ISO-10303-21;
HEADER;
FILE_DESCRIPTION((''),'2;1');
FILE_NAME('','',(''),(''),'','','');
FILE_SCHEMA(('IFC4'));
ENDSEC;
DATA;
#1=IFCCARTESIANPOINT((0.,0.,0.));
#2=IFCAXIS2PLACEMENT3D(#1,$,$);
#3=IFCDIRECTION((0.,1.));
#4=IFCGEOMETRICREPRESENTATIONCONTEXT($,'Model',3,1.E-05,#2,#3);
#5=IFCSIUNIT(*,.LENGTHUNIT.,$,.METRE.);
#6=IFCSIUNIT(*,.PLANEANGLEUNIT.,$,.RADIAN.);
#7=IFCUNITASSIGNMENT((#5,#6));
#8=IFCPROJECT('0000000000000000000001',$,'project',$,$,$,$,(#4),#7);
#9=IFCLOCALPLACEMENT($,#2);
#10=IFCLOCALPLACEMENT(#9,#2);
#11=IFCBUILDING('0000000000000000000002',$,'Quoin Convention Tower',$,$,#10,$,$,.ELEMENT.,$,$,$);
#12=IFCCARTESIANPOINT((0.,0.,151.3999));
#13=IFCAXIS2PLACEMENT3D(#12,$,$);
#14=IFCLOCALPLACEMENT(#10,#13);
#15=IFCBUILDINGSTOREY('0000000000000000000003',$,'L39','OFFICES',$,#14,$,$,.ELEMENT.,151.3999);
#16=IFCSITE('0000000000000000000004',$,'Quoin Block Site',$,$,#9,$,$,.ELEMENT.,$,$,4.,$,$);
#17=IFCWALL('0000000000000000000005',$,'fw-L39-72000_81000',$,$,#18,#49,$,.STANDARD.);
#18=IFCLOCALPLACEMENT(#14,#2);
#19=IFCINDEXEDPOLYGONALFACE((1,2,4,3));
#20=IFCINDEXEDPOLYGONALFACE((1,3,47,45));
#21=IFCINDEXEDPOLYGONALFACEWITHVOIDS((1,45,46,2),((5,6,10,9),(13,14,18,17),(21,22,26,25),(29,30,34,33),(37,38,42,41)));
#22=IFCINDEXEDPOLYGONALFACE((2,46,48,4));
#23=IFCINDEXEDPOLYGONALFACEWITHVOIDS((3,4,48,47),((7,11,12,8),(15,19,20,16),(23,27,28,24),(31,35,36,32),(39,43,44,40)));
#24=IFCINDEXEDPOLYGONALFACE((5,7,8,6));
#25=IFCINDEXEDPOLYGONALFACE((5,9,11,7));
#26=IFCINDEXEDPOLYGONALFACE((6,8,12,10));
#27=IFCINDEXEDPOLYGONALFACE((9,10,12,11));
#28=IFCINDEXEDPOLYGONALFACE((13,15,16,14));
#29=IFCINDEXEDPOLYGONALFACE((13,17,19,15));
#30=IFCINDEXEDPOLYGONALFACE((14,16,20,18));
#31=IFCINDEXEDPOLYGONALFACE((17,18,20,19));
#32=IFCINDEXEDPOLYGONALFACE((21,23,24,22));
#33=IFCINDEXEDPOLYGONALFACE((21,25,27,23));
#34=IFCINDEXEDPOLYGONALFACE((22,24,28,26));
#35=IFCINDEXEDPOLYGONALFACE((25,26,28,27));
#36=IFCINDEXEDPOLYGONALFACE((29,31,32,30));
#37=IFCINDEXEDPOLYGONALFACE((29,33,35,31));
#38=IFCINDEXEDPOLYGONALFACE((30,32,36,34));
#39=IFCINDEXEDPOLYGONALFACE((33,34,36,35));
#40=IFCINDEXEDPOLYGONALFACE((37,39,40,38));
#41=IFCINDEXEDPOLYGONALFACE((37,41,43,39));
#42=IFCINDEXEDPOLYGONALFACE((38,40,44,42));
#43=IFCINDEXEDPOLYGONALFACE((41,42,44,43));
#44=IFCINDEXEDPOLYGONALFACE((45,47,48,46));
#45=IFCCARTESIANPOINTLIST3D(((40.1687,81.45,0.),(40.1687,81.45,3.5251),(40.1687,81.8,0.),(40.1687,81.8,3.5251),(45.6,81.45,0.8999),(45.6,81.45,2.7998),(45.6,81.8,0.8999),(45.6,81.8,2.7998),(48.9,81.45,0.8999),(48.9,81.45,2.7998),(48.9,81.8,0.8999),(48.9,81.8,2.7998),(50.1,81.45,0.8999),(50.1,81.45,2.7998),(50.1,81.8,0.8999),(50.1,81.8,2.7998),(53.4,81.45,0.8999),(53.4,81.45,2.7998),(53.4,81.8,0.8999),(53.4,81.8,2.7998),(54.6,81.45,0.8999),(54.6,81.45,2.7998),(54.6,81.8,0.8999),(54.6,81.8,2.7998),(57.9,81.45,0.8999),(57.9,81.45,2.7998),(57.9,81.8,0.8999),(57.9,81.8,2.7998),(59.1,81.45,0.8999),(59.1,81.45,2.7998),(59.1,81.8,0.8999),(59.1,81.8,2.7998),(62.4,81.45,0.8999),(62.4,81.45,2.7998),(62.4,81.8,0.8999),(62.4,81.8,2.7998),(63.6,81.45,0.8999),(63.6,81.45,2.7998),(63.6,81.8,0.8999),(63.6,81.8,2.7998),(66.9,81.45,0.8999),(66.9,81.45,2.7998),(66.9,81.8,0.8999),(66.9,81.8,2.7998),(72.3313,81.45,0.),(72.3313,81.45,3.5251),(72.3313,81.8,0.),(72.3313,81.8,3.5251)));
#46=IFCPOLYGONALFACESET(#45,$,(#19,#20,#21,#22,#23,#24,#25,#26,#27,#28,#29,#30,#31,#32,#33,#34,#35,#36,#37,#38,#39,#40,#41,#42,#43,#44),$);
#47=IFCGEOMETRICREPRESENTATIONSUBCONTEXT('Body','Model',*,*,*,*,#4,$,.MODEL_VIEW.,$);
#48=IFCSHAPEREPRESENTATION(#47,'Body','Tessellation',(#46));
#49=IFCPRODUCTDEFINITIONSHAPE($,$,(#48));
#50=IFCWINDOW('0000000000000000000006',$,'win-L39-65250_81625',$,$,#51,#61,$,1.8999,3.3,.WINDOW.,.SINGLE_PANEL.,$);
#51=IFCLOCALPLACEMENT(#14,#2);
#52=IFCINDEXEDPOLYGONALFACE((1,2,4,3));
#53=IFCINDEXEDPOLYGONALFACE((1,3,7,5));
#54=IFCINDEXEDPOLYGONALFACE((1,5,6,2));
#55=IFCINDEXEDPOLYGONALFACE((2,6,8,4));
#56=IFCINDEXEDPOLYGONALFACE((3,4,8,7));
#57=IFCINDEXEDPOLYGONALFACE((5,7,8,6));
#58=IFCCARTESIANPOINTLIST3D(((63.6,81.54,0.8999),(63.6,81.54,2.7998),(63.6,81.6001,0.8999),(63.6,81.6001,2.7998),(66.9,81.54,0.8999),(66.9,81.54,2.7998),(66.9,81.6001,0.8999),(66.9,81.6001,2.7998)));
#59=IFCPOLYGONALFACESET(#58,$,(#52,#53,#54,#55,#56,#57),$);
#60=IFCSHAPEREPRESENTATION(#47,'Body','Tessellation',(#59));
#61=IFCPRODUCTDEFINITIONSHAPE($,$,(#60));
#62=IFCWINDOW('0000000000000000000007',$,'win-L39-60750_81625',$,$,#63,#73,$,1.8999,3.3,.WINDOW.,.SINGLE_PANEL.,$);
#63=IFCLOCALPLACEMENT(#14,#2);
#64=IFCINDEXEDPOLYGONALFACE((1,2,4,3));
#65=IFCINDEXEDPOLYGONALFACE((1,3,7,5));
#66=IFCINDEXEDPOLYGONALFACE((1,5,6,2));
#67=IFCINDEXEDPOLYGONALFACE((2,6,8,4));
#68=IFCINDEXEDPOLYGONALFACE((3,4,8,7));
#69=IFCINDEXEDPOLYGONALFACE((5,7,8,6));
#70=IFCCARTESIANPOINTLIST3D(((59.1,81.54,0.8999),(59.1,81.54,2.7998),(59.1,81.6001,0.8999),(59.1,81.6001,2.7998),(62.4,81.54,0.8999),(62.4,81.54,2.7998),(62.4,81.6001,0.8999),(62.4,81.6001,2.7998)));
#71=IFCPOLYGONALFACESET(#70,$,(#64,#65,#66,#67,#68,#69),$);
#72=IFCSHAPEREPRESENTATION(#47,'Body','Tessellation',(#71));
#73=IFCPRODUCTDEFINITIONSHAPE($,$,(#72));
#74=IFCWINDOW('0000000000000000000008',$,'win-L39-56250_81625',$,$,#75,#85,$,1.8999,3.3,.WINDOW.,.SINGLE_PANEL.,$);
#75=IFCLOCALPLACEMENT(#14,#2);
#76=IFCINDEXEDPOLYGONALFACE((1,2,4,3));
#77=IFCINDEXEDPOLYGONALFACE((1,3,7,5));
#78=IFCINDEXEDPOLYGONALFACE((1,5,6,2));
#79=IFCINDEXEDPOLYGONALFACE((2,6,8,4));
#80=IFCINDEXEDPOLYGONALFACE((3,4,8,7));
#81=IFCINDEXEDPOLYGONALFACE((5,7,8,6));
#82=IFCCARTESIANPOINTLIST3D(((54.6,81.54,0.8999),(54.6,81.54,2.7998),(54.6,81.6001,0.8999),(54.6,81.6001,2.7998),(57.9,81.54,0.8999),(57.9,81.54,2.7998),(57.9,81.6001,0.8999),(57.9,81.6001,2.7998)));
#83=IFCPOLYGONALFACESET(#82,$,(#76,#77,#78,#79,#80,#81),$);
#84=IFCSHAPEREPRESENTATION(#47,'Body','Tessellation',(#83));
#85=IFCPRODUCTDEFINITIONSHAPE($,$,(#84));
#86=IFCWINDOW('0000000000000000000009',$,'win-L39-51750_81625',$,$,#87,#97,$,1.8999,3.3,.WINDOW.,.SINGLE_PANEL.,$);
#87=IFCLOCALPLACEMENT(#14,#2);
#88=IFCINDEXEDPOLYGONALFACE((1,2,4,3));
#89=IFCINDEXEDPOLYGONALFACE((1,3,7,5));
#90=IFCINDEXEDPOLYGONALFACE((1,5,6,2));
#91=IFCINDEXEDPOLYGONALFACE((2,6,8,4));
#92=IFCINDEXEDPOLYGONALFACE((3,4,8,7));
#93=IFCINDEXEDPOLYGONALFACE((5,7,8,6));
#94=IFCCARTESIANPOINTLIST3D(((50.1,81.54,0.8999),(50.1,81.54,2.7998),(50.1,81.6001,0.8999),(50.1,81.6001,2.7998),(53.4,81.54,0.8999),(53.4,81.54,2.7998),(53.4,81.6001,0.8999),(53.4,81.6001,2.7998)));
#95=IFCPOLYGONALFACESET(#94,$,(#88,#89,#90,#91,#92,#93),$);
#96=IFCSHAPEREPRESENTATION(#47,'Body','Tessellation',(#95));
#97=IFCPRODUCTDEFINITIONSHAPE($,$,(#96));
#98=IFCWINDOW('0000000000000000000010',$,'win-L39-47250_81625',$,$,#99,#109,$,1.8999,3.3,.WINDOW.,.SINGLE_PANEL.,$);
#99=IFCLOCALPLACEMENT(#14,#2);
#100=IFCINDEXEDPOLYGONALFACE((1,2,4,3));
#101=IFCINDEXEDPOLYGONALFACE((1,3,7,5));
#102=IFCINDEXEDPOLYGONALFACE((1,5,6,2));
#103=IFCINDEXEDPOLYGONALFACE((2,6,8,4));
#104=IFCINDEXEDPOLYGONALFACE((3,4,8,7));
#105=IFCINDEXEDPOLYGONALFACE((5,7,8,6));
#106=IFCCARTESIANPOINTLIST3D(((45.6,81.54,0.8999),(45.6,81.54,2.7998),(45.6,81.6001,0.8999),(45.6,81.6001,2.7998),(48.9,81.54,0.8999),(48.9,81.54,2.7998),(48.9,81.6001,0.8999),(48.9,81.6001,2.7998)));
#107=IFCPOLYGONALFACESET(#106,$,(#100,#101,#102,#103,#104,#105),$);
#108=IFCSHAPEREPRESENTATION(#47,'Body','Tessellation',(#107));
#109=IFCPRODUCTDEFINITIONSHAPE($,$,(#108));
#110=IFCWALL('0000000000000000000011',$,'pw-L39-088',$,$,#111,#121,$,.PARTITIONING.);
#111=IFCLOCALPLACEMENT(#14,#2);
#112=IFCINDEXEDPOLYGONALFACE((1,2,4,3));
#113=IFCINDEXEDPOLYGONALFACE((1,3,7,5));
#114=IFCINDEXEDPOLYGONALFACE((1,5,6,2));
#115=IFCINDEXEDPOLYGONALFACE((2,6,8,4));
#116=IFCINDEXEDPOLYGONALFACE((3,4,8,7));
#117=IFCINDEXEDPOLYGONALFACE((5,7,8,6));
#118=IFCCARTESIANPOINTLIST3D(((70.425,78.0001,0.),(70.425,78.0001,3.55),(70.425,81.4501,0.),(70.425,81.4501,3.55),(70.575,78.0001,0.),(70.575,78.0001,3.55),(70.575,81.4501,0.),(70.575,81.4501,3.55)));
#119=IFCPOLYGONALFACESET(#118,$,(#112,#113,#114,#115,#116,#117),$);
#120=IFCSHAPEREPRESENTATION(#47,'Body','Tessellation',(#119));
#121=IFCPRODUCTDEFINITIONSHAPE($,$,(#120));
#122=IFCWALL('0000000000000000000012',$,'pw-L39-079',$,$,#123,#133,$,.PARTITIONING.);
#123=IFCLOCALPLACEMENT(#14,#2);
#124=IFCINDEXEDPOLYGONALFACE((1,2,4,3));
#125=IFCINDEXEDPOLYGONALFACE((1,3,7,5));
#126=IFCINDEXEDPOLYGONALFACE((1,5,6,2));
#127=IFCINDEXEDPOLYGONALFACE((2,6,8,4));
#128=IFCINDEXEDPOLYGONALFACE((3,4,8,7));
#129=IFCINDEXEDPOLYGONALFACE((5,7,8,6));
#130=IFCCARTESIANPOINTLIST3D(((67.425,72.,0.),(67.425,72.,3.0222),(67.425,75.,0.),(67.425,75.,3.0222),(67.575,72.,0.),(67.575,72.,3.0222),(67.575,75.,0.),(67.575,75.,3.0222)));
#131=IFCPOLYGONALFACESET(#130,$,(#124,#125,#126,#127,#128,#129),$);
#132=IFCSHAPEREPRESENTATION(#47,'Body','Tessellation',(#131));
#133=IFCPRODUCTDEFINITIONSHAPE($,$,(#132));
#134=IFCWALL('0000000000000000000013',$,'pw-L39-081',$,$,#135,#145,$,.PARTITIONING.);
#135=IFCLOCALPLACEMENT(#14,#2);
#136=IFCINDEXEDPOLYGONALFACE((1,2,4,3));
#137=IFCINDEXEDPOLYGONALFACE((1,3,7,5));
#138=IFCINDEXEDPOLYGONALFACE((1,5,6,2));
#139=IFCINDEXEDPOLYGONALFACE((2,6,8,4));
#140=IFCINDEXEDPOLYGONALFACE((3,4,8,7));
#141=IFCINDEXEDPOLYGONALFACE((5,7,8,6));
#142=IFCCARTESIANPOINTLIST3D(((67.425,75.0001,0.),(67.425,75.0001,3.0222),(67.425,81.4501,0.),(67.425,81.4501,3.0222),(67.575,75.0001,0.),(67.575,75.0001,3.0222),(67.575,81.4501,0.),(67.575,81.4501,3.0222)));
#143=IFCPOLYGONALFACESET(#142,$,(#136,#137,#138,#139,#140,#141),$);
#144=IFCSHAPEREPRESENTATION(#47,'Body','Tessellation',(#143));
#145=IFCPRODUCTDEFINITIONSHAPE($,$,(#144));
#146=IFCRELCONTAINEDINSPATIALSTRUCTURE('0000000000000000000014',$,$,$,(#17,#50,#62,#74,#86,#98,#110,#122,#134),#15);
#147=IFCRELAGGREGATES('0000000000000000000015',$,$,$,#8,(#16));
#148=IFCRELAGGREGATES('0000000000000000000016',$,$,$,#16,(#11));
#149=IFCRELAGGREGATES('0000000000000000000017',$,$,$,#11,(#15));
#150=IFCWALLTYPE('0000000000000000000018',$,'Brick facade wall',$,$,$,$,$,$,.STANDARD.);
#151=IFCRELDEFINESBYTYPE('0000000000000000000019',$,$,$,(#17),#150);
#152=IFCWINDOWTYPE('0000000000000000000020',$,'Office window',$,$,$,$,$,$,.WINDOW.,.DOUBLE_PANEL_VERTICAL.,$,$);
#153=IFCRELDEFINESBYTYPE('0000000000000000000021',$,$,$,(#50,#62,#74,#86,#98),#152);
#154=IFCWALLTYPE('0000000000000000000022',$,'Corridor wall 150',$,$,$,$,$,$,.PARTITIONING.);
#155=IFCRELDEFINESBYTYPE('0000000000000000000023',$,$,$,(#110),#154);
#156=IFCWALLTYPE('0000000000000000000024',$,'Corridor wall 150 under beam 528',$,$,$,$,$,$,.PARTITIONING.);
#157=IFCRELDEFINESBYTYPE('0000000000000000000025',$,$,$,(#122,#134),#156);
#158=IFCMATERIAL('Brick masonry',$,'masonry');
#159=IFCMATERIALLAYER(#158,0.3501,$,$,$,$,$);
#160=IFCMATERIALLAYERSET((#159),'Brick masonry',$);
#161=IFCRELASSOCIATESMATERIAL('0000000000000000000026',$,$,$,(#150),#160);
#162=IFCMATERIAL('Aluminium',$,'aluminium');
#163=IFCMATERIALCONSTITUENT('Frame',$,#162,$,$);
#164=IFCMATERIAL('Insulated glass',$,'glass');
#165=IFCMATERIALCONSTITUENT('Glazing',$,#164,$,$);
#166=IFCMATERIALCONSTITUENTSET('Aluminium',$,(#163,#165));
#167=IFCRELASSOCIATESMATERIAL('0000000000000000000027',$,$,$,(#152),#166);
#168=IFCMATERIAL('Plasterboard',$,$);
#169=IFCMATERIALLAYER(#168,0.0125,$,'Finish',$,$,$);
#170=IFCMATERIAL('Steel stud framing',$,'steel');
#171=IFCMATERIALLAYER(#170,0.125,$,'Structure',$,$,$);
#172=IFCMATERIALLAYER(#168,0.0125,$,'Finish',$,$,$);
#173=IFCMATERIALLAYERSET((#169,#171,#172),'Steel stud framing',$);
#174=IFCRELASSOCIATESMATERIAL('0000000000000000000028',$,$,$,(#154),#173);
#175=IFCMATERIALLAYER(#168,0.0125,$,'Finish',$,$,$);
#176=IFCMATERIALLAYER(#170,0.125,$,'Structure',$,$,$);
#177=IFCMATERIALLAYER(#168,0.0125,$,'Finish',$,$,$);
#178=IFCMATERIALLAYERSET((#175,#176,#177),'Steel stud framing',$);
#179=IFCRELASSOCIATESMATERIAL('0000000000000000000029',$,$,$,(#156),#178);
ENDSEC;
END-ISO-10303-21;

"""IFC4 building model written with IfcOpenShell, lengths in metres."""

from ifc_helpers import new_model, si_unit, direction, frame, frame_2d, origin, place, context, subcontext, project, spatial, rectangle, extrude, material, layer, layer_set, constituent, constituent_set, type_object, element, fill, save


model = new_model("IFC4")

# Units and contexts
model_context = context("Model", 3, precision=1e-05, world=origin(), true_north=direction((0.0, 1.0)))
body_context = subcontext(model_context, "Body", "Model", "MODEL_VIEW")
ifc_project = project(units=[si_unit("LENGTHUNIT", "METRE"), si_unit("PLANEANGLEUNIT", "RADIAN")], contexts=[model_context])

# Site, building, storey
site_placement = place(None, origin())
site = spatial("IfcSite", under=ifc_project, at=site_placement, Name="Quoin Block Site", CompositionType="ELEMENT", RefElevation=4.0)
building_placement = place(site_placement, origin())
building = spatial("IfcBuilding", under=site, at=building_placement, Name="Quoin Convention Tower", CompositionType="ELEMENT")
storey_placement = place(building_placement, frame((0.0, 0.0, 151.3999)))
storey = spatial("IfcBuildingStorey", under=building, at=storey_placement, Name="L39", Description="OFFICES", CompositionType="ELEMENT", Elevation=151.3999)

# Shared definitions
ifc_material_1 = material(Name="Plasterboard")
ifc_material_2 = material(Name="Steel stud framing", Category="steel")

# Shared definitions
ifc_material_3 = material(Name="Brick masonry", Category="masonry")
ifc_layer_1 = layer(ifc_material_3, 0.3501)
ifc_layer_set_1 = layer_set([ifc_layer_1], Name="Brick masonry")
wall_type_1 = type_object("IfcWallType", Name="Brick facade wall", PredefinedType="STANDARD", material=ifc_layer_set_1)
ifc_material_4 = material(Name="Aluminium", Category="aluminium")
ifc_constituent_1 = constituent(ifc_material_4, Name="Frame")
ifc_material_5 = material(Name="Insulated glass", Category="glass")
ifc_constituent_2 = constituent(ifc_material_5, Name="Glazing")
ifc_constituent_set = constituent_set(constituents=[ifc_constituent_1, ifc_constituent_2], Name="Aluminium")
window_type = type_object("IfcWindowType", Name="Office window", PartitioningType="DOUBLE_PANEL_VERTICAL", PredefinedType="WINDOW", material=ifc_constituent_set)

# Wall, openings, windows
wall_1_placement = place(storey_placement, frame((72.3313, 81.625, 0.0), z_axis=(0.0, 0.0, 1.0), x_axis=(-1.0, 0.0, 0.0)))
wall_1 = element("IfcWall", 1, at=wall_1_placement, inside=storey, type_object=wall_type_1, Name="fw-L39-72000_81000", PredefinedType="STANDARD", context=body_context, shape_type="SweptSolid", body=[
    extrude(rectangle(XDim=32.1626, YDim=0.3501, at=frame_2d((16.0813, 0.0))), origin(), (0.0, 0.0, 1.0), 3.5251),
])
opening_1_placement = place(wall_1_placement, frame((5.4314, 0.0, 0.8999)))
opening_1 = element("IfcOpeningElement", 2, at=opening_1_placement, cuts=wall_1, PredefinedType="OPENING", context=body_context, shape_type="SweptSolid", body=[
    extrude(rectangle(XDim=3.3, YDim=1.8999, at=frame_2d((1.6499, 0.95))), frame((0.0, 0.1851, 0.0), z_axis=(0.0, -1.0, 0.0), x_axis=(1.0, 0.0, 0.0)), (0.0, 0.0, 1.0), 0.3701),
])
opening_2_placement = place(wall_1_placement, frame((9.9314, 0.0, 0.8999)))
opening_2 = element("IfcOpeningElement", 3, at=opening_2_placement, cuts=wall_1, PredefinedType="OPENING", context=body_context, shape_type="SweptSolid", body=[
    extrude(rectangle(XDim=3.3, YDim=1.8999, at=frame_2d((1.6499, 0.95))), frame((0.0, 0.1851, 0.0), z_axis=(0.0, -1.0, 0.0), x_axis=(1.0, 0.0, 0.0)), (0.0, 0.0, 1.0), 0.3701),
])
opening_3_placement = place(wall_1_placement, frame((14.4314, 0.0, 0.8999)))
opening_3 = element("IfcOpeningElement", 4, at=opening_3_placement, cuts=wall_1, PredefinedType="OPENING", context=body_context, shape_type="SweptSolid", body=[
    extrude(rectangle(XDim=3.3, YDim=1.8999, at=frame_2d((1.6499, 0.95))), frame((0.0, 0.1851, 0.0), z_axis=(0.0, -1.0, 0.0), x_axis=(1.0, 0.0, 0.0)), (0.0, 0.0, 1.0), 0.3701),
])
opening_4_placement = place(wall_1_placement, frame((18.9314, 0.0, 0.8999)))
opening_4 = element("IfcOpeningElement", 5, at=opening_4_placement, cuts=wall_1, PredefinedType="OPENING", context=body_context, shape_type="SweptSolid", body=[
    extrude(rectangle(XDim=3.3, YDim=1.8999, at=frame_2d((1.6499, 0.95))), frame((0.0, 0.1851, 0.0), z_axis=(0.0, -1.0, 0.0), x_axis=(1.0, 0.0, 0.0)), (0.0, 0.0, 1.0), 0.3701),
])
opening_5_placement = place(wall_1_placement, frame((23.4314, 0.0, 0.8999)))
opening_5 = element("IfcOpeningElement", 6, at=opening_5_placement, cuts=wall_1, PredefinedType="OPENING", context=body_context, shape_type="SweptSolid", body=[
    extrude(rectangle(XDim=3.3, YDim=1.8999, at=frame_2d((1.6499, 0.95))), frame((0.0, 0.1851, 0.0), z_axis=(0.0, -1.0, 0.0), x_axis=(1.0, 0.0, 0.0)), (0.0, 0.0, 1.0), 0.3701),
])
window_1_placement = place(opening_1_placement, origin())
window_1 = element("IfcWindow", 7, at=window_1_placement, inside=storey, type_object=window_type, Name="win-L39-65250_81625", OverallHeight=1.8999, OverallWidth=3.3, PartitioningType="SINGLE_PANEL", PredefinedType="WINDOW", context=body_context, shape_type="SweptSolid", body=[
    extrude(rectangle(XDim=3.3, YDim=1.8999, at=frame_2d((1.6499, 0.95))), frame((0.0, 0.085, 0.0), z_axis=(0.0, -1.0, 0.0), x_axis=(1.0, 0.0, 0.0)), (0.0, 0.0, 1.0), 0.0601),
])
fill(opening_1, window_1)
window_2_placement = place(opening_2_placement, origin())
window_2 = element("IfcWindow", 8, at=window_2_placement, inside=storey, type_object=window_type, Name="win-L39-60750_81625", OverallHeight=1.8999, OverallWidth=3.3, PartitioningType="SINGLE_PANEL", PredefinedType="WINDOW", context=body_context, shape_type="SweptSolid", body=[
    extrude(rectangle(XDim=3.3, YDim=1.8999, at=frame_2d((1.6499, 0.95))), frame((0.0, 0.085, 0.0), z_axis=(0.0, -1.0, 0.0), x_axis=(1.0, 0.0, 0.0)), (0.0, 0.0, 1.0), 0.0601),
])
fill(opening_2, window_2)
window_3_placement = place(opening_3_placement, origin())
window_3 = element("IfcWindow", 9, at=window_3_placement, inside=storey, type_object=window_type, Name="win-L39-56250_81625", OverallHeight=1.8999, OverallWidth=3.3, PartitioningType="SINGLE_PANEL", PredefinedType="WINDOW", context=body_context, shape_type="SweptSolid", body=[
    extrude(rectangle(XDim=3.3, YDim=1.8999, at=frame_2d((1.6499, 0.95))), frame((0.0, 0.085, 0.0), z_axis=(0.0, -1.0, 0.0), x_axis=(1.0, 0.0, 0.0)), (0.0, 0.0, 1.0), 0.0601),
])
fill(opening_3, window_3)
window_4_placement = place(opening_4_placement, origin())
window_4 = element("IfcWindow", 10, at=window_4_placement, inside=storey, type_object=window_type, Name="win-L39-51750_81625", OverallHeight=1.8999, OverallWidth=3.3, PartitioningType="SINGLE_PANEL", PredefinedType="WINDOW", context=body_context, shape_type="SweptSolid", body=[
    extrude(rectangle(XDim=3.3, YDim=1.8999, at=frame_2d((1.6499, 0.95))), frame((0.0, 0.085, 0.0), z_axis=(0.0, -1.0, 0.0), x_axis=(1.0, 0.0, 0.0)), (0.0, 0.0, 1.0), 0.0601),
])
fill(opening_4, window_4)
window_5_placement = place(opening_5_placement, origin())
window_5 = element("IfcWindow", 11, at=window_5_placement, inside=storey, type_object=window_type, Name="win-L39-47250_81625", OverallHeight=1.8999, OverallWidth=3.3, PartitioningType="SINGLE_PANEL", PredefinedType="WINDOW", context=body_context, shape_type="SweptSolid", body=[
    extrude(rectangle(XDim=3.3, YDim=1.8999, at=frame_2d((1.6499, 0.95))), frame((0.0, 0.085, 0.0), z_axis=(0.0, -1.0, 0.0), x_axis=(1.0, 0.0, 0.0)), (0.0, 0.0, 1.0), 0.0601),
])
fill(opening_5, window_5)

# Walls
ifc_layer_2 = layer(ifc_material_1, 0.0125, Name="Finish")
ifc_layer_3 = layer(ifc_material_2, 0.125, Name="Structure")
ifc_layer_4 = layer(ifc_material_1, 0.0125, Name="Finish")
ifc_layer_set_2 = layer_set([ifc_layer_2, ifc_layer_3, ifc_layer_4], Name="Steel stud framing")
wall_type_2 = type_object("IfcWallType", Name="Corridor wall 150", PredefinedType="PARTITIONING", material=ifc_layer_set_2)
wall_2_placement = place(storey_placement, frame((70.5, 78.0, 0.0), z_axis=(0.0, 0.0, 1.0), x_axis=(0.0, 1.0, 0.0)))
element("IfcWall", 12, at=wall_2_placement, inside=storey, type_object=wall_type_2, Name="pw-L39-088", PredefinedType="PARTITIONING", context=body_context, shape_type="SweptSolid", body=[
    extrude(rectangle(XDim=3.45, YDim=0.1499, at=frame_2d((1.7251, 0.0))), origin(), (0.0, 0.0, 1.0), 3.55),
])
ifc_layer_5 = layer(ifc_material_1, 0.0125, Name="Finish")
ifc_layer_6 = layer(ifc_material_2, 0.125, Name="Structure")
ifc_layer_7 = layer(ifc_material_1, 0.0125, Name="Finish")
ifc_layer_set_3 = layer_set([ifc_layer_5, ifc_layer_6, ifc_layer_7], Name="Steel stud framing")
wall_type_3 = type_object("IfcWallType", Name="Corridor wall 150 under beam 528", PredefinedType="PARTITIONING", material=ifc_layer_set_3)
wall_3_placement = place(storey_placement, frame((67.5, 72.0, 0.0), z_axis=(0.0, 0.0, 1.0), x_axis=(0.0, 1.0, 0.0)))
element("IfcWall", 13, at=wall_3_placement, inside=storey, type_object=wall_type_3, Name="pw-L39-079", PredefinedType="PARTITIONING", context=body_context, shape_type="SweptSolid", body=[
    extrude(rectangle(XDim=3.0, YDim=0.1499, at=frame_2d((1.5, 0.0))), origin(), (0.0, 0.0, 1.0), 3.0222),
])
wall_4_placement = place(storey_placement, frame((67.5, 75.0, 0.0), z_axis=(0.0, 0.0, 1.0), x_axis=(0.0, 1.0, 0.0)))
element("IfcWall", 14, at=wall_4_placement, inside=storey, type_object=wall_type_3, Name="pw-L39-081", PredefinedType="PARTITIONING", context=body_context, shape_type="SweptSolid", body=[
    extrude(rectangle(XDim=6.45, YDim=0.1499, at=frame_2d((3.2251, 0.0))), origin(), (0.0, 0.0, 1.0), 3.0222),
])

save(model, "model.ifc")
